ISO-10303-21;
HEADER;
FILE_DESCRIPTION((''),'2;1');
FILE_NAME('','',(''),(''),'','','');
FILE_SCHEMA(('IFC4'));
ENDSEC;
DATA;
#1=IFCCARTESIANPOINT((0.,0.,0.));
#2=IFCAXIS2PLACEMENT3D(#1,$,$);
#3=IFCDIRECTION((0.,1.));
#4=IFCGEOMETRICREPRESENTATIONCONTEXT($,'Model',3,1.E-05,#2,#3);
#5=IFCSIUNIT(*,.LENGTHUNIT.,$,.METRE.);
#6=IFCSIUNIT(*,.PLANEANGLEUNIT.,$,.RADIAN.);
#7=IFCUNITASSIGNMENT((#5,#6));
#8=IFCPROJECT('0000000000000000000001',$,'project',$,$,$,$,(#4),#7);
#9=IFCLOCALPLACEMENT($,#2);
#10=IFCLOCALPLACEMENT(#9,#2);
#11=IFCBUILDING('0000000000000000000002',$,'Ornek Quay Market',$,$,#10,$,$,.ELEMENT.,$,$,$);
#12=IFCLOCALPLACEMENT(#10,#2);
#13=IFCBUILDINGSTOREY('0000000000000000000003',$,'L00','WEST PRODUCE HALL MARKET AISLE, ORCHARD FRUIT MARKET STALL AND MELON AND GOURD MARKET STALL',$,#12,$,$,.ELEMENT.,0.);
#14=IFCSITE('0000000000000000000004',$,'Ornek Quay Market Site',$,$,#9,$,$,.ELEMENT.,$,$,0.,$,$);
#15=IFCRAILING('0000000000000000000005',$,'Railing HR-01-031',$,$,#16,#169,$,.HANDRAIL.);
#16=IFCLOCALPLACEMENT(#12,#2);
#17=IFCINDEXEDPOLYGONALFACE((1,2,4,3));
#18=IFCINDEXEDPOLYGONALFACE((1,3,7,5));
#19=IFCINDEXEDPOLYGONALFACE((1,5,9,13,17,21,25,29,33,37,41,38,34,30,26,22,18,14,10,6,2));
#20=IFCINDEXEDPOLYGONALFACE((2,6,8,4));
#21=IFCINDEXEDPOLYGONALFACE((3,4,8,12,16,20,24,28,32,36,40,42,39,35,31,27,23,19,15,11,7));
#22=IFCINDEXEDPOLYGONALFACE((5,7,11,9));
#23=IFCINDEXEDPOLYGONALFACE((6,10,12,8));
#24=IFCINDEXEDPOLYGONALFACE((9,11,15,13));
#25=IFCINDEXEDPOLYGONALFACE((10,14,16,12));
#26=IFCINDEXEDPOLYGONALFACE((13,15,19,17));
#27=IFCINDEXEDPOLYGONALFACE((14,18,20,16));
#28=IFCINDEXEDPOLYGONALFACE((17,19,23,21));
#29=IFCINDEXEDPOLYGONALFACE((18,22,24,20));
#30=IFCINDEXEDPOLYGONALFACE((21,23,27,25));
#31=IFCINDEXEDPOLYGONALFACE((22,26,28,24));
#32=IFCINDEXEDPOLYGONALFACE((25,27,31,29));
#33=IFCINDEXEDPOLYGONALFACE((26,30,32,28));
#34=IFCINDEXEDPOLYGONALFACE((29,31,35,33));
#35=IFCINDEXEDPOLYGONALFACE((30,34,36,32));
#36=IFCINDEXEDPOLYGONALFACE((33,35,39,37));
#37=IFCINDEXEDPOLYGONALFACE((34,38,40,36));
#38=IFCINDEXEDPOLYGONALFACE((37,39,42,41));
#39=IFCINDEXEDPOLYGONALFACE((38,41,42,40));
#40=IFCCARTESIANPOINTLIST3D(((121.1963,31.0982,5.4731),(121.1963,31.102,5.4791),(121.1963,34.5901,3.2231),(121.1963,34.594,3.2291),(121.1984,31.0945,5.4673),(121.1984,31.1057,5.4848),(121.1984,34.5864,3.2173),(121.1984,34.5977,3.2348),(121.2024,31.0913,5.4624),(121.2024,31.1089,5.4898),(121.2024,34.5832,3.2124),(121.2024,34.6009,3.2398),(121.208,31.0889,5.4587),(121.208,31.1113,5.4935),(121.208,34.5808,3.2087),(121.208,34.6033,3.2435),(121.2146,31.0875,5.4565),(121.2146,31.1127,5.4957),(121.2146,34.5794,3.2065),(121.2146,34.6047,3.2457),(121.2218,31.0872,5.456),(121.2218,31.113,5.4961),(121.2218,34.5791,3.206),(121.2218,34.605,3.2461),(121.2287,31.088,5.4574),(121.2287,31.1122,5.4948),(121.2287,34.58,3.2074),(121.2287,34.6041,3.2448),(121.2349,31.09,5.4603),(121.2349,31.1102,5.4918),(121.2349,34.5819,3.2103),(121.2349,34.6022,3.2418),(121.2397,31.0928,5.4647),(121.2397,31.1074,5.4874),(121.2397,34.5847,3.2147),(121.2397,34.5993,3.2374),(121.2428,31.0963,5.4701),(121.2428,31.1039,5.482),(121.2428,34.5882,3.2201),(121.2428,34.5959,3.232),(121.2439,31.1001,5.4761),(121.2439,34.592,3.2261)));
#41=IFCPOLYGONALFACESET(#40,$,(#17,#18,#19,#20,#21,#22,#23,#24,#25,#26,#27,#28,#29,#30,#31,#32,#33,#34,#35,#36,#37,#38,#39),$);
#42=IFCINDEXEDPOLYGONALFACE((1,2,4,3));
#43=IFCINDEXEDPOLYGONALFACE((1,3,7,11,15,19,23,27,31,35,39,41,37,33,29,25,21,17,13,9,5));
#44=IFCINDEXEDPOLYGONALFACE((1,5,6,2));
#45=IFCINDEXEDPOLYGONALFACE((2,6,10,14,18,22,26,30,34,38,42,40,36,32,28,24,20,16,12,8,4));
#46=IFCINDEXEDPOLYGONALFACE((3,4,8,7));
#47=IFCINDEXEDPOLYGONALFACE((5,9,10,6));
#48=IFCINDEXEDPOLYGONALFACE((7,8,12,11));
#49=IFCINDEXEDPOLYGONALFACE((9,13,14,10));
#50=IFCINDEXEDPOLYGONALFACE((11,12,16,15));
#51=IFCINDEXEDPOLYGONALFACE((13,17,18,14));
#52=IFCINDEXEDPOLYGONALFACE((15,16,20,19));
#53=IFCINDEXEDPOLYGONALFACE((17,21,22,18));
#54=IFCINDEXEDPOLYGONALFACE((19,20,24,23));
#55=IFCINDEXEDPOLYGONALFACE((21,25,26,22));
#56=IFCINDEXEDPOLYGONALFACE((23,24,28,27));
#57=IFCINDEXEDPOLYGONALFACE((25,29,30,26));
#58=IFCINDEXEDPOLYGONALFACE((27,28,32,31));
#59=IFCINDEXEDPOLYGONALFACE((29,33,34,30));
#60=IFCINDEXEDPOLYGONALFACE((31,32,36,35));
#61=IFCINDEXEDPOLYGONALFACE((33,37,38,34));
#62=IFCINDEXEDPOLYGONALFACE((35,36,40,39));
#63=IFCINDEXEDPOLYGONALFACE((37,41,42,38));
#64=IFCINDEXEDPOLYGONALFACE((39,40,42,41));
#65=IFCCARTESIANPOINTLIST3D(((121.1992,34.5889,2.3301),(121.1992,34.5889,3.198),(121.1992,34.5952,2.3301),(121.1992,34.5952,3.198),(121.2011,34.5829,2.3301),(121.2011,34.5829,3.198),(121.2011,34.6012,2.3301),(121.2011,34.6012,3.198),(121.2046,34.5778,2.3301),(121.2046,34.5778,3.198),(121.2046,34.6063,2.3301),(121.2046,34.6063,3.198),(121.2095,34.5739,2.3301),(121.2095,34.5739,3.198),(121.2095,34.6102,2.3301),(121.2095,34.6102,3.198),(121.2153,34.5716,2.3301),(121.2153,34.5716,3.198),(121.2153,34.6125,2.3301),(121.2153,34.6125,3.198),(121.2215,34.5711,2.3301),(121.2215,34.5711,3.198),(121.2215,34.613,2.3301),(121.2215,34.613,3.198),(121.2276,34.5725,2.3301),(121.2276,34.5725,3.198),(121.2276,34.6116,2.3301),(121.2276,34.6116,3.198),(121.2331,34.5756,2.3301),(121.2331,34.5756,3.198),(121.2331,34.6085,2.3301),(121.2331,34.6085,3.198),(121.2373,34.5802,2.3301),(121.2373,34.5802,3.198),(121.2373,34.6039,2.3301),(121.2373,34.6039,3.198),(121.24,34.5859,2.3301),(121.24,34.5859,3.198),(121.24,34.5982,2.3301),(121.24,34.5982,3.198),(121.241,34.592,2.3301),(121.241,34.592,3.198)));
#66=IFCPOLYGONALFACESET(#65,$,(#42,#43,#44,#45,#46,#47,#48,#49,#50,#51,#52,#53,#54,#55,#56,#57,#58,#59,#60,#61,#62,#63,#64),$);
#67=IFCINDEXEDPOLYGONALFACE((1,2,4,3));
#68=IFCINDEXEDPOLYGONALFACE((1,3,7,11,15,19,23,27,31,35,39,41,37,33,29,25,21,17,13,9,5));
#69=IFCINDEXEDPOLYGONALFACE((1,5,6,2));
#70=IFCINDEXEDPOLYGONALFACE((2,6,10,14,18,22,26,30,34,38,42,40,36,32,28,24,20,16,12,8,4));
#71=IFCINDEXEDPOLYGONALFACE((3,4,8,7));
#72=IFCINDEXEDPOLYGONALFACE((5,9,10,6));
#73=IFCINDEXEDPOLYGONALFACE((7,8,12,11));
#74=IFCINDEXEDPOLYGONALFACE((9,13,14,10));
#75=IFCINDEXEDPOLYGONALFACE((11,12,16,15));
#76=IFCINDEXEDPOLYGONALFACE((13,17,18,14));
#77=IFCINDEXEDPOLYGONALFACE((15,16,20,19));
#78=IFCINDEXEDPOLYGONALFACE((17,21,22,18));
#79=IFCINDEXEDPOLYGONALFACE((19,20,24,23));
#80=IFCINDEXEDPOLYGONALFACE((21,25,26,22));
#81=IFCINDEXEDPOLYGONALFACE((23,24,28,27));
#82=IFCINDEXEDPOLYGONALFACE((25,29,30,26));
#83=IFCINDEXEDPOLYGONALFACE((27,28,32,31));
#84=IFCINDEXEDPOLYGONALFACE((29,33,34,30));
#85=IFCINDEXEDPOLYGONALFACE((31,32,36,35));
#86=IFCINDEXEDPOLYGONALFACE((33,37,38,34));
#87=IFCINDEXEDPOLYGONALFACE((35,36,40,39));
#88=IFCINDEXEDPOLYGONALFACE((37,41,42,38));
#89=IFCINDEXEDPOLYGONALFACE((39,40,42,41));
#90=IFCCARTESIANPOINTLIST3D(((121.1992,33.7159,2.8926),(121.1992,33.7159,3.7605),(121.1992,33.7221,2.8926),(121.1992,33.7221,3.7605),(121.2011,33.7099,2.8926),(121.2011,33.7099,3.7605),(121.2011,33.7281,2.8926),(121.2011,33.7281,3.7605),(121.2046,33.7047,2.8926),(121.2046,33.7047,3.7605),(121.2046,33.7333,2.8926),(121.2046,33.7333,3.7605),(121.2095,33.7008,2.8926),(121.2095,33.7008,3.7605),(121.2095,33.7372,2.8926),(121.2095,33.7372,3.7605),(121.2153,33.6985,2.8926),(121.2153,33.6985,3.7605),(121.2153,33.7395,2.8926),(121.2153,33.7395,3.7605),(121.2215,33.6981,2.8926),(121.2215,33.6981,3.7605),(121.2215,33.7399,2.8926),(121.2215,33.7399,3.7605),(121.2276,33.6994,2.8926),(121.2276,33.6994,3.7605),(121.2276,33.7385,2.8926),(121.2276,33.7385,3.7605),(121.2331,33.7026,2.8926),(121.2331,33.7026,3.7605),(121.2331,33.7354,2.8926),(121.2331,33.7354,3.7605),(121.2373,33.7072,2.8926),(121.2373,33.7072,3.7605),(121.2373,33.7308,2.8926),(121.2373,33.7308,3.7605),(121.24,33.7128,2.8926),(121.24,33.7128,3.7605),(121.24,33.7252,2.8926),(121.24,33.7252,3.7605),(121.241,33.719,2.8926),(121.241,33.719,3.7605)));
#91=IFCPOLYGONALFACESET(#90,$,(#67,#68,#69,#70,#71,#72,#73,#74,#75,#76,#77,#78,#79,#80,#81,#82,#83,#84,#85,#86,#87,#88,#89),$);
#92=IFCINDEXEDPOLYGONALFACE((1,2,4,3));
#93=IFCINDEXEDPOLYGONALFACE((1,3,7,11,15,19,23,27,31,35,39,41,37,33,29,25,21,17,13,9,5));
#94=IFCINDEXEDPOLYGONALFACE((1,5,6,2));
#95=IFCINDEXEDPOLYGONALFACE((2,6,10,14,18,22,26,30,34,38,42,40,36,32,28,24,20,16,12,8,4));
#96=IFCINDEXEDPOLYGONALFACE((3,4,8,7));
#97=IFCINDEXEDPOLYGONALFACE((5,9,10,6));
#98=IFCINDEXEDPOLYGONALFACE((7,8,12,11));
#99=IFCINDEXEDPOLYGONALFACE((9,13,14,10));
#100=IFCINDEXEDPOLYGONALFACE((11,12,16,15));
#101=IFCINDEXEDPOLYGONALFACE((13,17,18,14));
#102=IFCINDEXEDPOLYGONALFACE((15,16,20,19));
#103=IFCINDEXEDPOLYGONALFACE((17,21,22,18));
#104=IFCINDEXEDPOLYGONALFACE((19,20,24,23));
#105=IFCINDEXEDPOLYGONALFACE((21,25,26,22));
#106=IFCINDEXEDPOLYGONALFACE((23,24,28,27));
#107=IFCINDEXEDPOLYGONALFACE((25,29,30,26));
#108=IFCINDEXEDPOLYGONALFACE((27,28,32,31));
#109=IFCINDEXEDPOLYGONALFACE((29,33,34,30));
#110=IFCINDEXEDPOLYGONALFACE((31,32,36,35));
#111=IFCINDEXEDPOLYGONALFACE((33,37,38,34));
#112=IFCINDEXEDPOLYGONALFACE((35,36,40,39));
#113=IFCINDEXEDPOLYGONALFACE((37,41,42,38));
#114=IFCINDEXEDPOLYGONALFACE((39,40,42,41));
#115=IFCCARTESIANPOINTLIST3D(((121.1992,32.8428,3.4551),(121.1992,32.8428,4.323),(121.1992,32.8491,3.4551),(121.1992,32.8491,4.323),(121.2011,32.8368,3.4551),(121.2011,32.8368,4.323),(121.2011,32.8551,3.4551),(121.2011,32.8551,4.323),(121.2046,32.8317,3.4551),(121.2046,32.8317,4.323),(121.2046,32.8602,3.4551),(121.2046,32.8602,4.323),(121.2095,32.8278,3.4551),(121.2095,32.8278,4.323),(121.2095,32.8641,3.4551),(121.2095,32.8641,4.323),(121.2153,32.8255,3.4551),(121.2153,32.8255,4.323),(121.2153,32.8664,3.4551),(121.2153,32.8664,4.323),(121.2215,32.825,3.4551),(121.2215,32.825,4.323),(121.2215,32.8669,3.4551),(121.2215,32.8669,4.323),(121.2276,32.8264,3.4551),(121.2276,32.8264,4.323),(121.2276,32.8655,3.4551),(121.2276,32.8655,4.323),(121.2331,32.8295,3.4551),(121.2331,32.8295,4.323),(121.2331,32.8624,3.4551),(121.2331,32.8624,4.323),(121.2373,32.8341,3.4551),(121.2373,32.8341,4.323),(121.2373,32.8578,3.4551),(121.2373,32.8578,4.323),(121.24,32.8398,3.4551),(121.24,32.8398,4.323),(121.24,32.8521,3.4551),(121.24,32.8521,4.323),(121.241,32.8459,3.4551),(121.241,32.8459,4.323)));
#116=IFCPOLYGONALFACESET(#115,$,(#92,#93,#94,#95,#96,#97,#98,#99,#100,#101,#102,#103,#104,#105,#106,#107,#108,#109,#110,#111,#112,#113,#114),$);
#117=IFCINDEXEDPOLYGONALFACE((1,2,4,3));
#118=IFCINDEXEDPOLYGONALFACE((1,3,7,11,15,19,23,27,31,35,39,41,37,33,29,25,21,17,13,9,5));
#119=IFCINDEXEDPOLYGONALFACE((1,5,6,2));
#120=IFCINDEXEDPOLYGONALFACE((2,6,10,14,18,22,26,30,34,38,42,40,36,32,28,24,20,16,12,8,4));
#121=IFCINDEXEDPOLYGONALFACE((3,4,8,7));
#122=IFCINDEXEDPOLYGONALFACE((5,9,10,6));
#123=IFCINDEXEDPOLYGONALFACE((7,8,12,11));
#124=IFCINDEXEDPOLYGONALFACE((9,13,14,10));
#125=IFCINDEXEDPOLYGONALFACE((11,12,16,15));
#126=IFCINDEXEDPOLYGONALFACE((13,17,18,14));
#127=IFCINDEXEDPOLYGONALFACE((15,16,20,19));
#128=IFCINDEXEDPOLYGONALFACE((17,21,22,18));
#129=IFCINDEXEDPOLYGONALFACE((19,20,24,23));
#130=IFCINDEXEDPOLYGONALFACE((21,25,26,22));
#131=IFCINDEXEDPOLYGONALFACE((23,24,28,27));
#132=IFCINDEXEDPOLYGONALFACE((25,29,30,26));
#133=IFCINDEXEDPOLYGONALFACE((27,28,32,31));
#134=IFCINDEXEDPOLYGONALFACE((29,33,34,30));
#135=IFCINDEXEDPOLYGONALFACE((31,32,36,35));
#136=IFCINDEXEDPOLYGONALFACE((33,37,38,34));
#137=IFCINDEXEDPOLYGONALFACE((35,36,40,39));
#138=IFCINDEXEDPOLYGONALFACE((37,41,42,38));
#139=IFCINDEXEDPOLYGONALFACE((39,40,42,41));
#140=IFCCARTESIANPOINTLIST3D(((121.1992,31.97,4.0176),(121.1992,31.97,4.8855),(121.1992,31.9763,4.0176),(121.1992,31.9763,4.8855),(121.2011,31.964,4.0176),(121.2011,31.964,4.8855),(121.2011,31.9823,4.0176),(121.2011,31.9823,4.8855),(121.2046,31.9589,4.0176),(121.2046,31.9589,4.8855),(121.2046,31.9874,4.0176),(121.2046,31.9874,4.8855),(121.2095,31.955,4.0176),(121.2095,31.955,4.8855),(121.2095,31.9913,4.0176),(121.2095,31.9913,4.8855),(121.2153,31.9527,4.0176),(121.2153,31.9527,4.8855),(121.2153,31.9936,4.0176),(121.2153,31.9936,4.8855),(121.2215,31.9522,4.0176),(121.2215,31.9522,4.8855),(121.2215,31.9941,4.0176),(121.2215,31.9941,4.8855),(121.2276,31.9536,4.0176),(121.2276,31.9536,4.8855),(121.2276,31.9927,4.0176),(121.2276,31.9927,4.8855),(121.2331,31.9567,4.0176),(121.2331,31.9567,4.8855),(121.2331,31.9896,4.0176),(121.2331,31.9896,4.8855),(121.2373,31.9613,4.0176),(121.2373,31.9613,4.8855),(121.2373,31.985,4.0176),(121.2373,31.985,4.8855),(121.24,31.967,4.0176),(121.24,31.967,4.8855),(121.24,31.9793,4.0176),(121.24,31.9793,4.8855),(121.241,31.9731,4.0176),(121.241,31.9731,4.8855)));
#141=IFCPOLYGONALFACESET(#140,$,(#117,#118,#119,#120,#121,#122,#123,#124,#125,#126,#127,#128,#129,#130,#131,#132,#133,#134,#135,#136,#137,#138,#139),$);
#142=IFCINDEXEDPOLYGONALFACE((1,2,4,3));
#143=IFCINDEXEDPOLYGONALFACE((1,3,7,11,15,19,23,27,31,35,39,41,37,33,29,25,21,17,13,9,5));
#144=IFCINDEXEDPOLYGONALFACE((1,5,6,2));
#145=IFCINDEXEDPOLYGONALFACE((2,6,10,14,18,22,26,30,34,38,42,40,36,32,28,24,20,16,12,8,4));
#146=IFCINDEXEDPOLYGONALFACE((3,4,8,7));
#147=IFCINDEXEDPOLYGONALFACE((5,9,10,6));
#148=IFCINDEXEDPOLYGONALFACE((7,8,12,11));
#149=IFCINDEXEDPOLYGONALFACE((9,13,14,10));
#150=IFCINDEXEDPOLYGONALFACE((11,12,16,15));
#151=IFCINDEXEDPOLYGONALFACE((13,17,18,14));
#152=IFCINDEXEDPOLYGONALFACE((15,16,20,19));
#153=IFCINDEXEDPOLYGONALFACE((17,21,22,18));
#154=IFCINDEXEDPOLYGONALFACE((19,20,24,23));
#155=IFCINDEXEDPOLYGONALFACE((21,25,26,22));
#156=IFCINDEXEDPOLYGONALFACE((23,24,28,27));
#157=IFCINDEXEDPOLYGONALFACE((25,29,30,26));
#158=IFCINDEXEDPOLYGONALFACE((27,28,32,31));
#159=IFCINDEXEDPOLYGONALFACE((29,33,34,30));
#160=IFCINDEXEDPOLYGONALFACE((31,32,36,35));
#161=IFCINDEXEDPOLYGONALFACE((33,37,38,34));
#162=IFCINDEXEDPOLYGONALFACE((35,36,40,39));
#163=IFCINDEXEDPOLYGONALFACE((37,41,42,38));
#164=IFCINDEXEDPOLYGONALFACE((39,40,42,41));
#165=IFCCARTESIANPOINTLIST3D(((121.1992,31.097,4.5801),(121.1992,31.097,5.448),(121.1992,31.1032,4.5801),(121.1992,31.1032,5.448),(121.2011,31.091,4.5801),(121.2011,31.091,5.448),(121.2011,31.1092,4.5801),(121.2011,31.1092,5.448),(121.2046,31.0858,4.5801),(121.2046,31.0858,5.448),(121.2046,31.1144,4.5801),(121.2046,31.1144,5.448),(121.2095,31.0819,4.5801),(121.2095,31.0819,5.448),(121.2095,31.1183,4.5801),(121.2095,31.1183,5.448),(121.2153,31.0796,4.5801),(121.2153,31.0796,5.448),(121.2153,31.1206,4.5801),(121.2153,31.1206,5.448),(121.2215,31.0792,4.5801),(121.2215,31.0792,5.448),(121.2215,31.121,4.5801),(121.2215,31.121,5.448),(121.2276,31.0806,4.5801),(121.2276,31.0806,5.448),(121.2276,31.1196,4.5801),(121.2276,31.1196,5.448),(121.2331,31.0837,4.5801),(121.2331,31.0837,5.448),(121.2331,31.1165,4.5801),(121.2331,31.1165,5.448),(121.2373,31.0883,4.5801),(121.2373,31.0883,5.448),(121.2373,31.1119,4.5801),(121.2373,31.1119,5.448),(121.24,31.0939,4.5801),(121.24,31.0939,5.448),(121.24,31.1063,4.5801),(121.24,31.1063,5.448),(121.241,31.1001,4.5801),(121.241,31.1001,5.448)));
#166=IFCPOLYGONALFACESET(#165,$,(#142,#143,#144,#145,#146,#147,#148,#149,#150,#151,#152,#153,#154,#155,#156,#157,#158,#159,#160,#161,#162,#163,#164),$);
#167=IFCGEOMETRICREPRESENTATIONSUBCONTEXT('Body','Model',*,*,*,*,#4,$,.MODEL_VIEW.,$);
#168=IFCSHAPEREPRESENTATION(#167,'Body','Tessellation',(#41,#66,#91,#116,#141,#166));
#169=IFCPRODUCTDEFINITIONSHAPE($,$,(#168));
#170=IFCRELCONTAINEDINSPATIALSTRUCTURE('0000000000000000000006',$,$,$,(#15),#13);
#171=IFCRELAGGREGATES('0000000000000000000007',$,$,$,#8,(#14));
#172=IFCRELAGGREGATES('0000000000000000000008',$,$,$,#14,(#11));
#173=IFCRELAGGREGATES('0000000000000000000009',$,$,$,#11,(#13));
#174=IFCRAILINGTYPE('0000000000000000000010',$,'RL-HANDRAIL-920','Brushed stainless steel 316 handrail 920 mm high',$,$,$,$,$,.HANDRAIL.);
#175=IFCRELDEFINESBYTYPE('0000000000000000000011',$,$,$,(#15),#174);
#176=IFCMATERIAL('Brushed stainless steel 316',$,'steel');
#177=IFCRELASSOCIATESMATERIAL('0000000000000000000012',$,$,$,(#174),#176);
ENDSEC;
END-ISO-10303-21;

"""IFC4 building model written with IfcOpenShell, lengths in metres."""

from ifc_helpers import new_model, si_unit, direction, frame, origin, origin_2d, place, context, subcontext, project, spatial, circle, extrude, material, type_object, element, save


model = new_model("IFC4")

# Units and contexts
model_context = context("Model", 3, precision=1e-05, world=origin(), true_north=direction((0.0, 1.0)))
body_context = subcontext(model_context, "Body", "Model", "MODEL_VIEW")
ifc_project = project(units=[si_unit("LENGTHUNIT", "METRE"), si_unit("PLANEANGLEUNIT", "RADIAN")], contexts=[model_context])

# Site, building, storey
site_placement = place(None, origin())
site = spatial("IfcSite", under=ifc_project, at=site_placement, Name="Ornek Quay Market Site", CompositionType="ELEMENT", RefElevation=0.0)
building_placement = place(site_placement, origin())
building = spatial("IfcBuilding", under=site, at=building_placement, Name="Ornek Quay Market", CompositionType="ELEMENT")
storey_placement = place(building_placement, origin())
storey = spatial("IfcBuildingStorey", under=building, at=storey_placement, Name="L00", Description="WEST PRODUCE HALL MARKET AISLE, ORCHARD FRUIT MARKET STALL AND MELON AND GOURD MARKET STALL", CompositionType="ELEMENT", Elevation=0.0)

# Railing
ifc_material_1 = material(Name="Brushed stainless steel 316", Category="steel")
railing_type_1 = type_object("IfcRailingType", Name="RL-HANDRAIL-920", Description="Brushed stainless steel 316 handrail 920 mm high", PredefinedType="HANDRAIL", material=ifc_material_1)
railing_1_placement = place(storey_placement, frame((121.22, 34.592, 2.3301)))
element("IfcRailing", 1, at=railing_1_placement, inside=storey, type_object=railing_type_1, Name="Railing HR-01-031", PredefinedType="HANDRAIL", context=body_context, shape_type="SweptSolid", body=[
    extrude(circle(Radius=0.0239, at=origin_2d()), frame((0.0, 0.0, 0.896), z_axis=(0.0, -0.840611, 0.54164), x_axis=(1.0, 0.0, 0.0)), (0.0, 0.0, 1.0), 4.1541),
    extrude(circle(Radius=0.021, at=origin_2d()), origin(), (0.0, 0.0, 1.0), 0.8679),
    extrude(circle(Radius=0.021, at=origin_2d()), frame((0.0, -0.873, 0.5625)), (0.0, 0.0, 1.0), 0.8679),
    extrude(circle(Radius=0.021, at=origin_2d()), frame((0.0, -1.7461, 1.125)), (0.0, 0.0, 1.0), 0.8679),
    extrude(circle(Radius=0.021, at=origin_2d()), frame((0.0, -2.6189, 1.6875)), (0.0, 0.0, 1.0), 0.8679),
    extrude(circle(Radius=0.021, at=origin_2d()), frame((0.0, -3.4919, 2.25)), (0.0, 0.0, 1.0), 0.8679),
])

save(model, "model.ifc")
